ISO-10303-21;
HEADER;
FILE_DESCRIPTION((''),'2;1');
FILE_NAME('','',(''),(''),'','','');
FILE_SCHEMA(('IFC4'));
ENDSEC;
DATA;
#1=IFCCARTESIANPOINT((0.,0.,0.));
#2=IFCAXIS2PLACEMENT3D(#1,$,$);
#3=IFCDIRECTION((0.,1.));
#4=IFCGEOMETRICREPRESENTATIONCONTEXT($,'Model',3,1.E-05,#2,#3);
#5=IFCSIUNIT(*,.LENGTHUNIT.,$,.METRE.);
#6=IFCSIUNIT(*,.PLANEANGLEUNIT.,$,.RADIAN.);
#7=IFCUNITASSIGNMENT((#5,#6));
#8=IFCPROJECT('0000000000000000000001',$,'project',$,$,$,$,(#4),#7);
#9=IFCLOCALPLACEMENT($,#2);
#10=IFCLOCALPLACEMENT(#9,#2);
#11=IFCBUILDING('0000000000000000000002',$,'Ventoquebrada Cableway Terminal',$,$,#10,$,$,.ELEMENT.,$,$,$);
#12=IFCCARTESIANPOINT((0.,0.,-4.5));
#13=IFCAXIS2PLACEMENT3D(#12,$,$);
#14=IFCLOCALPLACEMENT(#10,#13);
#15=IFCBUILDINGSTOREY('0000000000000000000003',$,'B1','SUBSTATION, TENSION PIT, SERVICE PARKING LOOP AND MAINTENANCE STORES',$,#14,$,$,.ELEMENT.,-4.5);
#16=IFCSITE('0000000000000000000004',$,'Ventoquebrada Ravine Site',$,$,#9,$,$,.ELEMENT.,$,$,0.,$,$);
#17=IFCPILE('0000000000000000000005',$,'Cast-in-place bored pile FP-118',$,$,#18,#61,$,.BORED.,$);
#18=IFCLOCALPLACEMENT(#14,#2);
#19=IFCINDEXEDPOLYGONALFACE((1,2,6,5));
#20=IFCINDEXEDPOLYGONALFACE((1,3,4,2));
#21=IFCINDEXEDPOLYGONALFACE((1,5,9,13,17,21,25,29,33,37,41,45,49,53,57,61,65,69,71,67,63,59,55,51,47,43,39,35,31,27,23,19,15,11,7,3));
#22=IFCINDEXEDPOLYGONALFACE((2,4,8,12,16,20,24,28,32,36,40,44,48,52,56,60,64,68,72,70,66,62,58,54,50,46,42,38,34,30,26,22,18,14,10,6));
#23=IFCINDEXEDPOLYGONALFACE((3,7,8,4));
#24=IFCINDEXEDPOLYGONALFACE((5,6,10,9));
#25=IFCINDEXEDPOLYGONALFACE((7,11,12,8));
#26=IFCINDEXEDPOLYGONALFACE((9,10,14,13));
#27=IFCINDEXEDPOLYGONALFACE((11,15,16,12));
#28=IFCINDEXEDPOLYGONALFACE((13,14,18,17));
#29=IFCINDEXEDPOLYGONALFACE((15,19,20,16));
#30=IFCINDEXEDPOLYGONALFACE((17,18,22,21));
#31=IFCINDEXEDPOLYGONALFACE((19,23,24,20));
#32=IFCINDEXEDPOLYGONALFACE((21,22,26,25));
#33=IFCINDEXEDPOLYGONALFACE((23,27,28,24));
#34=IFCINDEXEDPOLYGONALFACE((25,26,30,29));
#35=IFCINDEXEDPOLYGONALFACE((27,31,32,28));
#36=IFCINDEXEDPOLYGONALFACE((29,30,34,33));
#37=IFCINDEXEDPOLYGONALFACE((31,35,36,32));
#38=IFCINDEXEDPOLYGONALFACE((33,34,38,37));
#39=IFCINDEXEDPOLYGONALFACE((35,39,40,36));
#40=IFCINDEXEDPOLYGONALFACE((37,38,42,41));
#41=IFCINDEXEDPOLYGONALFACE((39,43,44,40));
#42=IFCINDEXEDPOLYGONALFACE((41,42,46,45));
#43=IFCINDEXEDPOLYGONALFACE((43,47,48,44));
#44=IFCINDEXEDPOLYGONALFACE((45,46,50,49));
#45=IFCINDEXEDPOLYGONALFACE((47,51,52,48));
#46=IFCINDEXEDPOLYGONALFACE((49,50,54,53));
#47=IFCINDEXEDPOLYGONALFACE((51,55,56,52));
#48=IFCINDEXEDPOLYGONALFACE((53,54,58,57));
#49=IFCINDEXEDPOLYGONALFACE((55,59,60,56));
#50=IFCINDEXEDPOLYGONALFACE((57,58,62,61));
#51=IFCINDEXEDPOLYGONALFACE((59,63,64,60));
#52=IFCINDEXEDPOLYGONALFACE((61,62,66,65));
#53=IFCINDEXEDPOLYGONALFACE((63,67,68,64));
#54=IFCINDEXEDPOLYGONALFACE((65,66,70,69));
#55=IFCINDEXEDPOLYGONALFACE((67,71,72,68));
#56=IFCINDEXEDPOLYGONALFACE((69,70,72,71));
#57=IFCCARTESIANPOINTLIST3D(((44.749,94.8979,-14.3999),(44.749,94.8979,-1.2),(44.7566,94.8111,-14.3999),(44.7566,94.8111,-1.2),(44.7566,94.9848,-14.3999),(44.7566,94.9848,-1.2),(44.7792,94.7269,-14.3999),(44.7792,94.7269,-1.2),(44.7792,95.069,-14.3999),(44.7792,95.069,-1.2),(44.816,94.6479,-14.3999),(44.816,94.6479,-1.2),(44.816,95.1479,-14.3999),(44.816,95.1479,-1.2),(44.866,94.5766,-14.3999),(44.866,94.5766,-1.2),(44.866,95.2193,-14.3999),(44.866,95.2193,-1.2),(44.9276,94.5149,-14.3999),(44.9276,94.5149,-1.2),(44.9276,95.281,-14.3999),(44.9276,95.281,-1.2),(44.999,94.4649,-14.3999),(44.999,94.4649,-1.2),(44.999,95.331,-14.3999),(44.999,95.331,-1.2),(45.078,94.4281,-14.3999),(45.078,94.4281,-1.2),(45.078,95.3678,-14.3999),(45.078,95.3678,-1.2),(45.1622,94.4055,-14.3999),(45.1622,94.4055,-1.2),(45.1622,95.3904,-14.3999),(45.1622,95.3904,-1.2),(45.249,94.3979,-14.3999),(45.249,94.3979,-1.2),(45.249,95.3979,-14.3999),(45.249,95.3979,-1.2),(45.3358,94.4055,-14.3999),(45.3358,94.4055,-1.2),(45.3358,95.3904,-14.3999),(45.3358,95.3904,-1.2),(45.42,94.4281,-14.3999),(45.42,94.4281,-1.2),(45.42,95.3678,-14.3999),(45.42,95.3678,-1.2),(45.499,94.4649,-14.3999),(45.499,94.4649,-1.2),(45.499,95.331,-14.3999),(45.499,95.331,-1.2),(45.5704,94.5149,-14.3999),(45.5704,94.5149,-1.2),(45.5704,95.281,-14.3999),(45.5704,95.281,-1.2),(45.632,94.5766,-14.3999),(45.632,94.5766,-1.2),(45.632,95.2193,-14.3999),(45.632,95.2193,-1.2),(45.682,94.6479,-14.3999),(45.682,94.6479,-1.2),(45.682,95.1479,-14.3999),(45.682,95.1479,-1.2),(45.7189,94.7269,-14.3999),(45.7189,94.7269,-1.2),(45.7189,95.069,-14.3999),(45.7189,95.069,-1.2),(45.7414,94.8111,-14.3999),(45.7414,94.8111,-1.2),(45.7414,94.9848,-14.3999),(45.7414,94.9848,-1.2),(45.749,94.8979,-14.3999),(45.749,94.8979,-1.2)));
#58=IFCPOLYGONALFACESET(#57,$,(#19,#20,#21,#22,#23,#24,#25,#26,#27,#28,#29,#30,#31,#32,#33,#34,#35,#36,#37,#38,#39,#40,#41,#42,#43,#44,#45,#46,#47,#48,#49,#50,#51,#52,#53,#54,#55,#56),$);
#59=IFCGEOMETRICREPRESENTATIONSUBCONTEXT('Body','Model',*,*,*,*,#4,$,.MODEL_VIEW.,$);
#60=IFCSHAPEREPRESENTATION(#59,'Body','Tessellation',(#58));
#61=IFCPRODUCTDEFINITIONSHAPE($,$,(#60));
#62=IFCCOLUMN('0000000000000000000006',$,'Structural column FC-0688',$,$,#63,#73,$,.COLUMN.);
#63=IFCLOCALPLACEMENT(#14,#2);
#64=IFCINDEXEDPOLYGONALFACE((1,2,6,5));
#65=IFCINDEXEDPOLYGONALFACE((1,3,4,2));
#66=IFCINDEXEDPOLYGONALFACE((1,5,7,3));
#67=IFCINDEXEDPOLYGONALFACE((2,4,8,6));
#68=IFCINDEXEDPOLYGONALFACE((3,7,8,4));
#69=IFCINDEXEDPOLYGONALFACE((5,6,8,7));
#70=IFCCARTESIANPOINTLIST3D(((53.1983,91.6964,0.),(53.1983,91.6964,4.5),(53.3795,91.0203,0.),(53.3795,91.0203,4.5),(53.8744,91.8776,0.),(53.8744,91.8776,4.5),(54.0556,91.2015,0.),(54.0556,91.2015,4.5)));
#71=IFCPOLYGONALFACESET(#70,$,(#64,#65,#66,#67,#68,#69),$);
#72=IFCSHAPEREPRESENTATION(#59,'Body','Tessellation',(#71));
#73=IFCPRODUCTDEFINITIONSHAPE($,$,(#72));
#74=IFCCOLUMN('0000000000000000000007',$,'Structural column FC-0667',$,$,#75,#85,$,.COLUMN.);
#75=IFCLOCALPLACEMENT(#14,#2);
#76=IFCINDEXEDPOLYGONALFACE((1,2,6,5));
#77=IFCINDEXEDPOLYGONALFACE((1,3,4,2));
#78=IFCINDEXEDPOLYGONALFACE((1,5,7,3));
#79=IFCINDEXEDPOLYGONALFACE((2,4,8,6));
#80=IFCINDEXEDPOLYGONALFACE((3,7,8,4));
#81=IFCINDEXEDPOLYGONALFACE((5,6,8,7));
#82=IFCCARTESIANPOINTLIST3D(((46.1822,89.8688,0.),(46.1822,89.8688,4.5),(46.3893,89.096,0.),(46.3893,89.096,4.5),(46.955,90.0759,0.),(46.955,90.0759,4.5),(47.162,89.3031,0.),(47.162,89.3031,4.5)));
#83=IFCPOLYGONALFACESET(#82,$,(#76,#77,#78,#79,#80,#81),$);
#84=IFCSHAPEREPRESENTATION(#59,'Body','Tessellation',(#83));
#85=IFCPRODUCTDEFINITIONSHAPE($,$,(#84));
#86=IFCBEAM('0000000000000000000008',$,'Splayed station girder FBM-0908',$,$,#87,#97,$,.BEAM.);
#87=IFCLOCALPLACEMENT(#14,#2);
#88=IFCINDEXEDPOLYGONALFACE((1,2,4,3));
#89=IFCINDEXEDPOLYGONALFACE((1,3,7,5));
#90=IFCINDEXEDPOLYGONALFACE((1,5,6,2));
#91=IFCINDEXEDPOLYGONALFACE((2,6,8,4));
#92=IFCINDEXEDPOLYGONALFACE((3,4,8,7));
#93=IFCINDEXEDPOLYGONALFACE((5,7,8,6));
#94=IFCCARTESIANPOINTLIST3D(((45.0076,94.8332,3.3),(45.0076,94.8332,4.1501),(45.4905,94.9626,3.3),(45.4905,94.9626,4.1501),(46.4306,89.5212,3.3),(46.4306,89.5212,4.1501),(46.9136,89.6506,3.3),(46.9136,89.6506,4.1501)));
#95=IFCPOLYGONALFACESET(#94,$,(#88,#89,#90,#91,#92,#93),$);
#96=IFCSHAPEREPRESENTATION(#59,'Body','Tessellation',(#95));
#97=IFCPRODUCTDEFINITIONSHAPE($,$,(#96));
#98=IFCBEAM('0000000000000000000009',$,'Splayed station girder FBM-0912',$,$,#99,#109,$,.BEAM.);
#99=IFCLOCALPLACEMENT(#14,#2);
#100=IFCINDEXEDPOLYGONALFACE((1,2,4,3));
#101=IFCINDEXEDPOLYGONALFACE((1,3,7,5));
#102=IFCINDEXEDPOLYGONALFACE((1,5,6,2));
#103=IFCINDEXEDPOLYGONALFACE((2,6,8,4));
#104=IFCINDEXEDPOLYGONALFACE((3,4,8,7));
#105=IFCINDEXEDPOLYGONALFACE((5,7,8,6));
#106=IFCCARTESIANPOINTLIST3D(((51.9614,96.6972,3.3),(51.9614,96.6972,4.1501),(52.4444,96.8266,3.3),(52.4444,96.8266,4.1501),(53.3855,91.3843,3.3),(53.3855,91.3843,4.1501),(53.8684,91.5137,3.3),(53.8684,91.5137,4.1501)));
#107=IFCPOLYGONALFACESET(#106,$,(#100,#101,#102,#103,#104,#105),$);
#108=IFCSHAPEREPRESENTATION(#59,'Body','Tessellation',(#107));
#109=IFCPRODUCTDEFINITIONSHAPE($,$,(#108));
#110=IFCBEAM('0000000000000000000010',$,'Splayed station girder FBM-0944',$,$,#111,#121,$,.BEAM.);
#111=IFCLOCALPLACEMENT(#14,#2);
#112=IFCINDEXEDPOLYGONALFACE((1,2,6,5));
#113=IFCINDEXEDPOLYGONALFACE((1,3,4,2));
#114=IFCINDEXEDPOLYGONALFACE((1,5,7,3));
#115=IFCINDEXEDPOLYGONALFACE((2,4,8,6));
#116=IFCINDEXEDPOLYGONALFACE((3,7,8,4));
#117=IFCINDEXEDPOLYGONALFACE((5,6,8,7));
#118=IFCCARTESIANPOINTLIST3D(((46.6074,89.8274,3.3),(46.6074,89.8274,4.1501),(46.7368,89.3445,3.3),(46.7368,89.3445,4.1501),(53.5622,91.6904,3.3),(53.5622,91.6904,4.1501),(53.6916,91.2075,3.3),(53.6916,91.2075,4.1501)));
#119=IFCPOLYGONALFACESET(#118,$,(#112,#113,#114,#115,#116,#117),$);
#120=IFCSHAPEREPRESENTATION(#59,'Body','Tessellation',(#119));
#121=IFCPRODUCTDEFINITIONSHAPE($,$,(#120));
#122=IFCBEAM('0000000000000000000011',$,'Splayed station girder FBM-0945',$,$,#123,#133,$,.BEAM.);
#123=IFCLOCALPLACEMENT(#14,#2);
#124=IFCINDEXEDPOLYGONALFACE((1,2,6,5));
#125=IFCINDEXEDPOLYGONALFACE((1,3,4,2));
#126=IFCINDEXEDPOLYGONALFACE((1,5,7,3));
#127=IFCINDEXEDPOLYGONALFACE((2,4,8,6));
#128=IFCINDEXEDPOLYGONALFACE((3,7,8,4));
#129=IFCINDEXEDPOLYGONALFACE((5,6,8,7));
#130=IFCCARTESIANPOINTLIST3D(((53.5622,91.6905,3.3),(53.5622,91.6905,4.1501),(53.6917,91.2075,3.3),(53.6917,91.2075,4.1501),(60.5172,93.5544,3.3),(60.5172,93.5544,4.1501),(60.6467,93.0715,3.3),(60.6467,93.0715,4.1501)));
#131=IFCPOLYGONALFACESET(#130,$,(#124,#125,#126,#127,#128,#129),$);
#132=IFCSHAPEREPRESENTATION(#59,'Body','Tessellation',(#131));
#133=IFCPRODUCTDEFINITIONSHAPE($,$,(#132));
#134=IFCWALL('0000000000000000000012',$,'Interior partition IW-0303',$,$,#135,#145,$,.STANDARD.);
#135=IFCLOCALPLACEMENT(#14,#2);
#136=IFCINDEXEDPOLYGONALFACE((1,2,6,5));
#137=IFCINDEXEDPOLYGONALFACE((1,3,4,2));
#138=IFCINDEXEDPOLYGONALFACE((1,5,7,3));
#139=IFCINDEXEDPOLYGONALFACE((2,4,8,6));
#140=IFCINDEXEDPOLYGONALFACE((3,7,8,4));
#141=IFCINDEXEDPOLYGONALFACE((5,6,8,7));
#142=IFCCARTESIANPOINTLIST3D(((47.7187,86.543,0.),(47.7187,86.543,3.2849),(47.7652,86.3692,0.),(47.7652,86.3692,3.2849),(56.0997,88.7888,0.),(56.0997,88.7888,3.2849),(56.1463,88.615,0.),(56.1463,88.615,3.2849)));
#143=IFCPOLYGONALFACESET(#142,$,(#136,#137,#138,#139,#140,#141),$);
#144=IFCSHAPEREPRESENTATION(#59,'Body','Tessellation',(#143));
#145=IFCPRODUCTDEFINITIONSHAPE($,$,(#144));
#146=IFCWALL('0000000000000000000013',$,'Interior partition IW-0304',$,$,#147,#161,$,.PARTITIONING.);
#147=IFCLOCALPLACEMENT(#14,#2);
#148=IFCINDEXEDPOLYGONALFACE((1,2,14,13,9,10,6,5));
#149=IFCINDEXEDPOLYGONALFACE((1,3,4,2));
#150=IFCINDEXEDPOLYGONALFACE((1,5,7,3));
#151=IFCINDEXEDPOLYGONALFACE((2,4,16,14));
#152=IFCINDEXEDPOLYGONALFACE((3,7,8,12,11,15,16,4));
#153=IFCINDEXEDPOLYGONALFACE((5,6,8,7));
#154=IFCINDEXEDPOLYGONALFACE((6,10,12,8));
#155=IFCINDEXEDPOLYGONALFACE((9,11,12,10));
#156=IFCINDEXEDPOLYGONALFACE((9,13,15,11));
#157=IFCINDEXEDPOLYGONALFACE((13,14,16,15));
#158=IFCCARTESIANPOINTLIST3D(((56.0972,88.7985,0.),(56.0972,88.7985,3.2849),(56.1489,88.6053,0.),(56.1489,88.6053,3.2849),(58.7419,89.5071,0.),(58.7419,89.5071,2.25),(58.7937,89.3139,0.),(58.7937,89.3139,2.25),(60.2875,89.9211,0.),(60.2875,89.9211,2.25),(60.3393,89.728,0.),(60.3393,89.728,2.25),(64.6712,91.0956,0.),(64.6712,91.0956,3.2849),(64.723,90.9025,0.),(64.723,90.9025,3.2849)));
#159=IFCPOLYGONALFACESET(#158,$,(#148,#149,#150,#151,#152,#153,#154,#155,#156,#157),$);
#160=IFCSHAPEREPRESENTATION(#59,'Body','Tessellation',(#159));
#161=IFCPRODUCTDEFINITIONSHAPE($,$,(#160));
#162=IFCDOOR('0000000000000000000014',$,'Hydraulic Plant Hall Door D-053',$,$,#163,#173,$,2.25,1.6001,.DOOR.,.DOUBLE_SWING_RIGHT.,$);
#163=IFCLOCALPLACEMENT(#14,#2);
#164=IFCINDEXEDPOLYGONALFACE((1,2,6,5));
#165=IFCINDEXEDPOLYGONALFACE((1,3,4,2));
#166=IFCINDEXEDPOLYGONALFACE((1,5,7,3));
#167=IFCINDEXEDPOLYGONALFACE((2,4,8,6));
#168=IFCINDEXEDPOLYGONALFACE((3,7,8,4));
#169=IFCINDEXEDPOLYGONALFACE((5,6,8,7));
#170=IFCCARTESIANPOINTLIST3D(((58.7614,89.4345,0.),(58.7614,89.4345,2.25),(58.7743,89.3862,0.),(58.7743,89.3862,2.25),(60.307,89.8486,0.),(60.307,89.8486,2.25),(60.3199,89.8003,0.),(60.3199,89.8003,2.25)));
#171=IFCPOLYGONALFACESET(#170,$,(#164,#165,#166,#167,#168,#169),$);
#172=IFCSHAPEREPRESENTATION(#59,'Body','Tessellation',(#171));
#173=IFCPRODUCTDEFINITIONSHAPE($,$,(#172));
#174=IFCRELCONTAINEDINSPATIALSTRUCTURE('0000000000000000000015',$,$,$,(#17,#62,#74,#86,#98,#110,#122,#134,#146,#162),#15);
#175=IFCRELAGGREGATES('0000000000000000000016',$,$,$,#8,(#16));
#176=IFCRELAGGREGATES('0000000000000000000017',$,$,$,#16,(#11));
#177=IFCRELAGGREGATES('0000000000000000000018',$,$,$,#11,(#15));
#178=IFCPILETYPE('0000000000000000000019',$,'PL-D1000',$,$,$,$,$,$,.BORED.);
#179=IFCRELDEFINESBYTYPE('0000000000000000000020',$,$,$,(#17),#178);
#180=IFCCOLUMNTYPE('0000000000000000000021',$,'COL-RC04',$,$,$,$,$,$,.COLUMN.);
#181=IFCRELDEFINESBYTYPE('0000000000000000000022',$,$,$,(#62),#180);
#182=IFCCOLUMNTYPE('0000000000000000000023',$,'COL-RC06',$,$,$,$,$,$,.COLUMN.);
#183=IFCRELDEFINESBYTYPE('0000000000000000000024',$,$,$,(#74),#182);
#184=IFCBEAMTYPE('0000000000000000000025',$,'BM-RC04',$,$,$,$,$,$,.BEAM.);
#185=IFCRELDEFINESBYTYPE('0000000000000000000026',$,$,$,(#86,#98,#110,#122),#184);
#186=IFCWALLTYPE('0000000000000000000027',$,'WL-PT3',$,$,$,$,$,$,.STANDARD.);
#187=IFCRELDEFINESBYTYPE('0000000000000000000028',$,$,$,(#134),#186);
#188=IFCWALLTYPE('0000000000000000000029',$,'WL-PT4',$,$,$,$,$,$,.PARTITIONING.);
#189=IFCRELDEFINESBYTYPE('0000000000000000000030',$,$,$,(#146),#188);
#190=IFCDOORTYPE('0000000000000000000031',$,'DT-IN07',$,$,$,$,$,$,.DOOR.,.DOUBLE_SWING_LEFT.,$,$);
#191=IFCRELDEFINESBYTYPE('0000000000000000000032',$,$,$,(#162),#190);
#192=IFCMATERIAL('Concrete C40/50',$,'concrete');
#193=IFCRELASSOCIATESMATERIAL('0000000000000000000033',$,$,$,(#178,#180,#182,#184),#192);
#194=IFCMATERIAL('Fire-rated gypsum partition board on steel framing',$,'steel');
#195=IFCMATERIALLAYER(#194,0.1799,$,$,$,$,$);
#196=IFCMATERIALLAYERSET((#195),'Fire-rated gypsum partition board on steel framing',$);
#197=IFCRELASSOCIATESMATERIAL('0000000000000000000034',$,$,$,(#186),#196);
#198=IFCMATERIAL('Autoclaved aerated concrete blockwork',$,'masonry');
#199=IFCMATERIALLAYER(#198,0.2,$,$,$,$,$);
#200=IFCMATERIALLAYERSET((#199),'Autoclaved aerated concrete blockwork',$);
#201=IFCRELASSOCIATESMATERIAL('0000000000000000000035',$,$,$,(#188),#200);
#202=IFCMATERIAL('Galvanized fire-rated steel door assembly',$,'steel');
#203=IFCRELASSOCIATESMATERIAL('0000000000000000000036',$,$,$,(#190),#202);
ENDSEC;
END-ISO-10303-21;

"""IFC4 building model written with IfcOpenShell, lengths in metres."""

from ifc_helpers import new_model, si_unit, direction, frame, frame_2d, origin, origin_2d, place, context, subcontext, project, spatial, rectangle, circle, extrude, material, layer, layer_set, material_profile, profile_set, type_object, element, fill, save


model = new_model("IFC4")

# Units and contexts
model_context = context("Model", 3, precision=1e-05, world=origin(), true_north=direction((0.0, 1.0)))
body_context = subcontext(model_context, "Body", "Model", "MODEL_VIEW")
ifc_project = project(units=[si_unit("LENGTHUNIT", "METRE"), si_unit("PLANEANGLEUNIT", "RADIAN")], contexts=[model_context])

# Site, building, storey
site_placement = place(None, origin())
site = spatial("IfcSite", under=ifc_project, at=site_placement, Name="Ventoquebrada Ravine Site", CompositionType="ELEMENT", RefElevation=0.0)
building_placement = place(site_placement, origin())
building = spatial("IfcBuilding", under=site, at=building_placement, Name="Ventoquebrada Cableway Terminal", CompositionType="ELEMENT")
storey_placement = place(building_placement, frame((0.0, 0.0, -4.5)))
storey = spatial("IfcBuildingStorey", under=building, at=storey_placement, Name="B1", Description="SUBSTATION, TENSION PIT, SERVICE PARKING LOOP AND MAINTENANCE STORES", CompositionType="ELEMENT", Elevation=-4.5)

# Shared definitions
ifc_material_1 = material(Name="Concrete C40/50", Category="concrete")

# Pile
ifc_material_profile_1 = material_profile(ifc_material_1, circle(Radius=0.5, at=origin_2d()), Name="PILE-D1000")
ifc_profile_set_1 = profile_set([ifc_material_profile_1], Name="Concrete C40/50")
pile_type = type_object("IfcPileType", Name="PL-D1000", PredefinedType="BORED", material=ifc_profile_set_1)
pile_1_placement = place(storey_placement, frame((45.249, 94.8979, -1.2), z_axis=(0.0, 0.0, -1.0), x_axis=(1.0, 0.0, 0.0)))
element("IfcPile", 1, at=pile_1_placement, inside=storey, type_object=pile_type, Name="Cast-in-place bored pile FP-118", PredefinedType="BORED", context=body_context, shape_type="SweptSolid", body=[
    extrude(circle(Radius=0.5, at=origin_2d()), origin(), (0.0, 0.0, 1.0), 13.2),
])

# Columns
ifc_material_profile_2 = material_profile(ifc_material_1, rectangle(XDim=0.7, YDim=0.7, at=origin_2d()), Name="RC-COL-700X700")
ifc_profile_set_2 = profile_set([ifc_material_profile_2], Name="Concrete C40/50")
column_type_1 = type_object("IfcColumnType", Name="COL-RC04", PredefinedType="COLUMN", material=ifc_profile_set_2)
column_1_placement = place(storey_placement, frame((53.627, 91.449, 0.0), z_axis=(0.0, 0.0, 1.0), x_axis=(0.965926, 0.258819, 0.0)))
element("IfcColumn", 2, at=column_1_placement, inside=storey, type_object=column_type_1, Name="Structural column FC-0688", PredefinedType="COLUMN", context=body_context, shape_type="SweptSolid", body=[
    extrude(rectangle(XDim=0.7, YDim=0.7, at=origin_2d()), origin(), (0.0, 0.0, 1.0), 4.5),
])
ifc_material_profile_3 = material_profile(ifc_material_1, rectangle(XDim=0.8, YDim=0.8, at=origin_2d()), Name="RC-COL-800X800")
ifc_profile_set_3 = profile_set([ifc_material_profile_3], Name="Concrete C40/50")
column_type_2 = type_object("IfcColumnType", Name="COL-RC06", PredefinedType="COLUMN", material=ifc_profile_set_3)
column_2_placement = place(storey_placement, frame((46.6721, 89.5859, 0.0), z_axis=(0.0, 0.0, 1.0), x_axis=(0.965926, 0.258819, 0.0)))
element("IfcColumn", 3, at=column_2_placement, inside=storey, type_object=column_type_2, Name="Structural column FC-0667", PredefinedType="COLUMN", context=body_context, shape_type="SweptSolid", body=[
    extrude(rectangle(XDim=0.8, YDim=0.8, at=origin_2d()), origin(), (0.0, 0.0, 1.0), 4.5),
])

# Beams
ifc_material_profile_4 = material_profile(ifc_material_1, rectangle(XDim=0.5, YDim=0.8501, at=origin_2d()), Name="RC-BM-500X850")
ifc_profile_set_4 = profile_set([ifc_material_profile_4], Name="Concrete C40/50")
beam_type = type_object("IfcBeamType", Name="BM-RC04", PredefinedType="BEAM", material=ifc_profile_set_4)
beam_1_placement = place(storey_placement, frame((46.6721, 89.5859, 3.7251), z_axis=(-0.258776, 0.965937, 0.0), x_axis=(-0.965937, -0.258776, 0.0)))
element("IfcBeam", 4, at=beam_1_placement, inside=storey, type_object=beam_type, Name="Splayed station girder FBM-0908", PredefinedType="BEAM", context=body_context, shape_type="SweptSolid", body=[
    extrude(rectangle(XDim=0.5, YDim=0.8501, at=origin_2d()), origin(), (0.0, 0.0, 1.0), 5.4993),
])
beam_2_placement = place(storey_placement, frame((53.627, 91.449, 3.7251), z_axis=(-0.258897, 0.965905, 0.0), x_axis=(-0.965905, -0.258897, 0.0)))
element("IfcBeam", 5, at=beam_2_placement, inside=storey, type_object=beam_type, Name="Splayed station girder FBM-0912", PredefinedType="BEAM", context=body_context, shape_type="SweptSolid", body=[
    extrude(rectangle(XDim=0.5, YDim=0.8501, at=origin_2d()), origin(), (0.0, 0.0, 1.0), 5.5005),
])
beam_3_placement = place(storey_placement, frame((46.6721, 89.5859, 3.7251), z_axis=(0.965943, 0.258754, 0.0), x_axis=(-0.258754, 0.965943, 0.0)))
element("IfcBeam", 6, at=beam_3_placement, inside=storey, type_object=beam_type, Name="Splayed station girder FBM-0944", PredefinedType="BEAM", context=body_context, shape_type="SweptSolid", body=[
    extrude(rectangle(XDim=0.5, YDim=0.8501, at=origin_2d()), origin(), (0.0, 0.0, 1.0), 7.2),
])
beam_4_placement = place(storey_placement, frame((53.627, 91.449, 3.7251), z_axis=(0.965912, 0.258872, 0.0), x_axis=(-0.258872, 0.965912, 0.0)))
element("IfcBeam", 7, at=beam_4_placement, inside=storey, type_object=beam_type, Name="Splayed station girder FBM-0945", PredefinedType="BEAM", context=body_context, shape_type="SweptSolid", body=[
    extrude(rectangle(XDim=0.5, YDim=0.8501, at=origin_2d()), origin(), (0.0, 0.0, 1.0), 7.2004),
])

# Wall
ifc_material_2 = material(Name="Fire-rated gypsum partition board on steel framing", Category="steel")
ifc_layer_1 = layer(ifc_material_2, 0.1799)
ifc_layer_set_1 = layer_set([ifc_layer_1], Name="Fire-rated gypsum partition board on steel framing")
wall_type_1 = type_object("IfcWallType", Name="WL-PT3", PredefinedType="STANDARD", material=ifc_layer_set_1)
wall_1_placement = place(storey_placement, frame((47.7419, 86.4561, 0.0), z_axis=(0.0, 0.0, 1.0), x_axis=(0.965922, 0.258834, 0.0)))
element("IfcWall", 8, at=wall_1_placement, inside=storey, type_object=wall_type_1, Name="Interior partition IW-0303", PredefinedType="STANDARD", context=body_context, shape_type="SweptSolid", body=[
    extrude(rectangle(XDim=8.6768, YDim=0.1799, at=frame_2d((4.3384, 0.0))), origin(), (0.0, 0.0, 1.0), 3.2849),
])

# Wall, opening, door
ifc_material_3 = material(Name="Autoclaved aerated concrete blockwork", Category="masonry")
ifc_layer_2 = layer(ifc_material_3, 0.2)
ifc_layer_set_2 = layer_set([ifc_layer_2], Name="Autoclaved aerated concrete blockwork")
wall_type_2 = type_object("IfcWallType", Name="WL-PT4", PredefinedType="PARTITIONING", material=ifc_layer_set_2)
wall_2_placement = place(storey_placement, frame((56.123, 88.7019, 0.0), z_axis=(0.0, 0.0, 1.0), x_axis=(0.965933, 0.258791, 0.0)))
wall_2 = element("IfcWall", 9, at=wall_2_placement, inside=storey, type_object=wall_type_2, Name="Interior partition IW-0304", PredefinedType="PARTITIONING", context=body_context, shape_type="SweptSolid", body=[
    extrude(rectangle(XDim=8.8765, YDim=0.2, at=frame_2d((4.4382, 0.0))), origin(), (0.0, 0.0, 1.0), 3.2849),
])
opening_placement = place(wall_2_placement, frame((2.738, 0.0, 0.0)))
opening = element("IfcOpeningElement", 10, at=opening_placement, cuts=wall_2, PredefinedType="OPENING", context=body_context, shape_type="SweptSolid", body=[
    extrude(rectangle(XDim=1.6001, YDim=2.25, at=frame_2d((0.8, 1.125))), frame((0.0, 0.1099, 0.0), z_axis=(0.0, -1.0, 0.0), x_axis=(1.0, 0.0, 0.0)), (0.0, 0.0, 1.0), 0.22),
])
ifc_material_4 = material(Name="Galvanized fire-rated steel door assembly", Category="steel")
door_type = type_object("IfcDoorType", Name="DT-IN07", OperationType="DOUBLE_SWING_LEFT", PredefinedType="DOOR", material=ifc_material_4)
door_placement = place(opening_placement, origin())
door = element("IfcDoor", 11, at=door_placement, inside=storey, type_object=door_type, Name="Hydraulic Plant Hall Door D-053", OperationType="DOUBLE_SWING_RIGHT", OverallHeight=2.25, OverallWidth=1.6001, PredefinedType="DOOR", context=body_context, shape_type="SweptSolid", body=[
    extrude(rectangle(XDim=1.6001, YDim=2.25, at=frame_2d((0.8, 1.125))), frame((0.0, 0.0249, 0.0), z_axis=(0.0, -1.0, 0.0), x_axis=(1.0, 0.0, 0.0)), (0.0, 0.0, 1.0), 0.05),
])
fill(opening, door)

save(model, "model.ifc")
